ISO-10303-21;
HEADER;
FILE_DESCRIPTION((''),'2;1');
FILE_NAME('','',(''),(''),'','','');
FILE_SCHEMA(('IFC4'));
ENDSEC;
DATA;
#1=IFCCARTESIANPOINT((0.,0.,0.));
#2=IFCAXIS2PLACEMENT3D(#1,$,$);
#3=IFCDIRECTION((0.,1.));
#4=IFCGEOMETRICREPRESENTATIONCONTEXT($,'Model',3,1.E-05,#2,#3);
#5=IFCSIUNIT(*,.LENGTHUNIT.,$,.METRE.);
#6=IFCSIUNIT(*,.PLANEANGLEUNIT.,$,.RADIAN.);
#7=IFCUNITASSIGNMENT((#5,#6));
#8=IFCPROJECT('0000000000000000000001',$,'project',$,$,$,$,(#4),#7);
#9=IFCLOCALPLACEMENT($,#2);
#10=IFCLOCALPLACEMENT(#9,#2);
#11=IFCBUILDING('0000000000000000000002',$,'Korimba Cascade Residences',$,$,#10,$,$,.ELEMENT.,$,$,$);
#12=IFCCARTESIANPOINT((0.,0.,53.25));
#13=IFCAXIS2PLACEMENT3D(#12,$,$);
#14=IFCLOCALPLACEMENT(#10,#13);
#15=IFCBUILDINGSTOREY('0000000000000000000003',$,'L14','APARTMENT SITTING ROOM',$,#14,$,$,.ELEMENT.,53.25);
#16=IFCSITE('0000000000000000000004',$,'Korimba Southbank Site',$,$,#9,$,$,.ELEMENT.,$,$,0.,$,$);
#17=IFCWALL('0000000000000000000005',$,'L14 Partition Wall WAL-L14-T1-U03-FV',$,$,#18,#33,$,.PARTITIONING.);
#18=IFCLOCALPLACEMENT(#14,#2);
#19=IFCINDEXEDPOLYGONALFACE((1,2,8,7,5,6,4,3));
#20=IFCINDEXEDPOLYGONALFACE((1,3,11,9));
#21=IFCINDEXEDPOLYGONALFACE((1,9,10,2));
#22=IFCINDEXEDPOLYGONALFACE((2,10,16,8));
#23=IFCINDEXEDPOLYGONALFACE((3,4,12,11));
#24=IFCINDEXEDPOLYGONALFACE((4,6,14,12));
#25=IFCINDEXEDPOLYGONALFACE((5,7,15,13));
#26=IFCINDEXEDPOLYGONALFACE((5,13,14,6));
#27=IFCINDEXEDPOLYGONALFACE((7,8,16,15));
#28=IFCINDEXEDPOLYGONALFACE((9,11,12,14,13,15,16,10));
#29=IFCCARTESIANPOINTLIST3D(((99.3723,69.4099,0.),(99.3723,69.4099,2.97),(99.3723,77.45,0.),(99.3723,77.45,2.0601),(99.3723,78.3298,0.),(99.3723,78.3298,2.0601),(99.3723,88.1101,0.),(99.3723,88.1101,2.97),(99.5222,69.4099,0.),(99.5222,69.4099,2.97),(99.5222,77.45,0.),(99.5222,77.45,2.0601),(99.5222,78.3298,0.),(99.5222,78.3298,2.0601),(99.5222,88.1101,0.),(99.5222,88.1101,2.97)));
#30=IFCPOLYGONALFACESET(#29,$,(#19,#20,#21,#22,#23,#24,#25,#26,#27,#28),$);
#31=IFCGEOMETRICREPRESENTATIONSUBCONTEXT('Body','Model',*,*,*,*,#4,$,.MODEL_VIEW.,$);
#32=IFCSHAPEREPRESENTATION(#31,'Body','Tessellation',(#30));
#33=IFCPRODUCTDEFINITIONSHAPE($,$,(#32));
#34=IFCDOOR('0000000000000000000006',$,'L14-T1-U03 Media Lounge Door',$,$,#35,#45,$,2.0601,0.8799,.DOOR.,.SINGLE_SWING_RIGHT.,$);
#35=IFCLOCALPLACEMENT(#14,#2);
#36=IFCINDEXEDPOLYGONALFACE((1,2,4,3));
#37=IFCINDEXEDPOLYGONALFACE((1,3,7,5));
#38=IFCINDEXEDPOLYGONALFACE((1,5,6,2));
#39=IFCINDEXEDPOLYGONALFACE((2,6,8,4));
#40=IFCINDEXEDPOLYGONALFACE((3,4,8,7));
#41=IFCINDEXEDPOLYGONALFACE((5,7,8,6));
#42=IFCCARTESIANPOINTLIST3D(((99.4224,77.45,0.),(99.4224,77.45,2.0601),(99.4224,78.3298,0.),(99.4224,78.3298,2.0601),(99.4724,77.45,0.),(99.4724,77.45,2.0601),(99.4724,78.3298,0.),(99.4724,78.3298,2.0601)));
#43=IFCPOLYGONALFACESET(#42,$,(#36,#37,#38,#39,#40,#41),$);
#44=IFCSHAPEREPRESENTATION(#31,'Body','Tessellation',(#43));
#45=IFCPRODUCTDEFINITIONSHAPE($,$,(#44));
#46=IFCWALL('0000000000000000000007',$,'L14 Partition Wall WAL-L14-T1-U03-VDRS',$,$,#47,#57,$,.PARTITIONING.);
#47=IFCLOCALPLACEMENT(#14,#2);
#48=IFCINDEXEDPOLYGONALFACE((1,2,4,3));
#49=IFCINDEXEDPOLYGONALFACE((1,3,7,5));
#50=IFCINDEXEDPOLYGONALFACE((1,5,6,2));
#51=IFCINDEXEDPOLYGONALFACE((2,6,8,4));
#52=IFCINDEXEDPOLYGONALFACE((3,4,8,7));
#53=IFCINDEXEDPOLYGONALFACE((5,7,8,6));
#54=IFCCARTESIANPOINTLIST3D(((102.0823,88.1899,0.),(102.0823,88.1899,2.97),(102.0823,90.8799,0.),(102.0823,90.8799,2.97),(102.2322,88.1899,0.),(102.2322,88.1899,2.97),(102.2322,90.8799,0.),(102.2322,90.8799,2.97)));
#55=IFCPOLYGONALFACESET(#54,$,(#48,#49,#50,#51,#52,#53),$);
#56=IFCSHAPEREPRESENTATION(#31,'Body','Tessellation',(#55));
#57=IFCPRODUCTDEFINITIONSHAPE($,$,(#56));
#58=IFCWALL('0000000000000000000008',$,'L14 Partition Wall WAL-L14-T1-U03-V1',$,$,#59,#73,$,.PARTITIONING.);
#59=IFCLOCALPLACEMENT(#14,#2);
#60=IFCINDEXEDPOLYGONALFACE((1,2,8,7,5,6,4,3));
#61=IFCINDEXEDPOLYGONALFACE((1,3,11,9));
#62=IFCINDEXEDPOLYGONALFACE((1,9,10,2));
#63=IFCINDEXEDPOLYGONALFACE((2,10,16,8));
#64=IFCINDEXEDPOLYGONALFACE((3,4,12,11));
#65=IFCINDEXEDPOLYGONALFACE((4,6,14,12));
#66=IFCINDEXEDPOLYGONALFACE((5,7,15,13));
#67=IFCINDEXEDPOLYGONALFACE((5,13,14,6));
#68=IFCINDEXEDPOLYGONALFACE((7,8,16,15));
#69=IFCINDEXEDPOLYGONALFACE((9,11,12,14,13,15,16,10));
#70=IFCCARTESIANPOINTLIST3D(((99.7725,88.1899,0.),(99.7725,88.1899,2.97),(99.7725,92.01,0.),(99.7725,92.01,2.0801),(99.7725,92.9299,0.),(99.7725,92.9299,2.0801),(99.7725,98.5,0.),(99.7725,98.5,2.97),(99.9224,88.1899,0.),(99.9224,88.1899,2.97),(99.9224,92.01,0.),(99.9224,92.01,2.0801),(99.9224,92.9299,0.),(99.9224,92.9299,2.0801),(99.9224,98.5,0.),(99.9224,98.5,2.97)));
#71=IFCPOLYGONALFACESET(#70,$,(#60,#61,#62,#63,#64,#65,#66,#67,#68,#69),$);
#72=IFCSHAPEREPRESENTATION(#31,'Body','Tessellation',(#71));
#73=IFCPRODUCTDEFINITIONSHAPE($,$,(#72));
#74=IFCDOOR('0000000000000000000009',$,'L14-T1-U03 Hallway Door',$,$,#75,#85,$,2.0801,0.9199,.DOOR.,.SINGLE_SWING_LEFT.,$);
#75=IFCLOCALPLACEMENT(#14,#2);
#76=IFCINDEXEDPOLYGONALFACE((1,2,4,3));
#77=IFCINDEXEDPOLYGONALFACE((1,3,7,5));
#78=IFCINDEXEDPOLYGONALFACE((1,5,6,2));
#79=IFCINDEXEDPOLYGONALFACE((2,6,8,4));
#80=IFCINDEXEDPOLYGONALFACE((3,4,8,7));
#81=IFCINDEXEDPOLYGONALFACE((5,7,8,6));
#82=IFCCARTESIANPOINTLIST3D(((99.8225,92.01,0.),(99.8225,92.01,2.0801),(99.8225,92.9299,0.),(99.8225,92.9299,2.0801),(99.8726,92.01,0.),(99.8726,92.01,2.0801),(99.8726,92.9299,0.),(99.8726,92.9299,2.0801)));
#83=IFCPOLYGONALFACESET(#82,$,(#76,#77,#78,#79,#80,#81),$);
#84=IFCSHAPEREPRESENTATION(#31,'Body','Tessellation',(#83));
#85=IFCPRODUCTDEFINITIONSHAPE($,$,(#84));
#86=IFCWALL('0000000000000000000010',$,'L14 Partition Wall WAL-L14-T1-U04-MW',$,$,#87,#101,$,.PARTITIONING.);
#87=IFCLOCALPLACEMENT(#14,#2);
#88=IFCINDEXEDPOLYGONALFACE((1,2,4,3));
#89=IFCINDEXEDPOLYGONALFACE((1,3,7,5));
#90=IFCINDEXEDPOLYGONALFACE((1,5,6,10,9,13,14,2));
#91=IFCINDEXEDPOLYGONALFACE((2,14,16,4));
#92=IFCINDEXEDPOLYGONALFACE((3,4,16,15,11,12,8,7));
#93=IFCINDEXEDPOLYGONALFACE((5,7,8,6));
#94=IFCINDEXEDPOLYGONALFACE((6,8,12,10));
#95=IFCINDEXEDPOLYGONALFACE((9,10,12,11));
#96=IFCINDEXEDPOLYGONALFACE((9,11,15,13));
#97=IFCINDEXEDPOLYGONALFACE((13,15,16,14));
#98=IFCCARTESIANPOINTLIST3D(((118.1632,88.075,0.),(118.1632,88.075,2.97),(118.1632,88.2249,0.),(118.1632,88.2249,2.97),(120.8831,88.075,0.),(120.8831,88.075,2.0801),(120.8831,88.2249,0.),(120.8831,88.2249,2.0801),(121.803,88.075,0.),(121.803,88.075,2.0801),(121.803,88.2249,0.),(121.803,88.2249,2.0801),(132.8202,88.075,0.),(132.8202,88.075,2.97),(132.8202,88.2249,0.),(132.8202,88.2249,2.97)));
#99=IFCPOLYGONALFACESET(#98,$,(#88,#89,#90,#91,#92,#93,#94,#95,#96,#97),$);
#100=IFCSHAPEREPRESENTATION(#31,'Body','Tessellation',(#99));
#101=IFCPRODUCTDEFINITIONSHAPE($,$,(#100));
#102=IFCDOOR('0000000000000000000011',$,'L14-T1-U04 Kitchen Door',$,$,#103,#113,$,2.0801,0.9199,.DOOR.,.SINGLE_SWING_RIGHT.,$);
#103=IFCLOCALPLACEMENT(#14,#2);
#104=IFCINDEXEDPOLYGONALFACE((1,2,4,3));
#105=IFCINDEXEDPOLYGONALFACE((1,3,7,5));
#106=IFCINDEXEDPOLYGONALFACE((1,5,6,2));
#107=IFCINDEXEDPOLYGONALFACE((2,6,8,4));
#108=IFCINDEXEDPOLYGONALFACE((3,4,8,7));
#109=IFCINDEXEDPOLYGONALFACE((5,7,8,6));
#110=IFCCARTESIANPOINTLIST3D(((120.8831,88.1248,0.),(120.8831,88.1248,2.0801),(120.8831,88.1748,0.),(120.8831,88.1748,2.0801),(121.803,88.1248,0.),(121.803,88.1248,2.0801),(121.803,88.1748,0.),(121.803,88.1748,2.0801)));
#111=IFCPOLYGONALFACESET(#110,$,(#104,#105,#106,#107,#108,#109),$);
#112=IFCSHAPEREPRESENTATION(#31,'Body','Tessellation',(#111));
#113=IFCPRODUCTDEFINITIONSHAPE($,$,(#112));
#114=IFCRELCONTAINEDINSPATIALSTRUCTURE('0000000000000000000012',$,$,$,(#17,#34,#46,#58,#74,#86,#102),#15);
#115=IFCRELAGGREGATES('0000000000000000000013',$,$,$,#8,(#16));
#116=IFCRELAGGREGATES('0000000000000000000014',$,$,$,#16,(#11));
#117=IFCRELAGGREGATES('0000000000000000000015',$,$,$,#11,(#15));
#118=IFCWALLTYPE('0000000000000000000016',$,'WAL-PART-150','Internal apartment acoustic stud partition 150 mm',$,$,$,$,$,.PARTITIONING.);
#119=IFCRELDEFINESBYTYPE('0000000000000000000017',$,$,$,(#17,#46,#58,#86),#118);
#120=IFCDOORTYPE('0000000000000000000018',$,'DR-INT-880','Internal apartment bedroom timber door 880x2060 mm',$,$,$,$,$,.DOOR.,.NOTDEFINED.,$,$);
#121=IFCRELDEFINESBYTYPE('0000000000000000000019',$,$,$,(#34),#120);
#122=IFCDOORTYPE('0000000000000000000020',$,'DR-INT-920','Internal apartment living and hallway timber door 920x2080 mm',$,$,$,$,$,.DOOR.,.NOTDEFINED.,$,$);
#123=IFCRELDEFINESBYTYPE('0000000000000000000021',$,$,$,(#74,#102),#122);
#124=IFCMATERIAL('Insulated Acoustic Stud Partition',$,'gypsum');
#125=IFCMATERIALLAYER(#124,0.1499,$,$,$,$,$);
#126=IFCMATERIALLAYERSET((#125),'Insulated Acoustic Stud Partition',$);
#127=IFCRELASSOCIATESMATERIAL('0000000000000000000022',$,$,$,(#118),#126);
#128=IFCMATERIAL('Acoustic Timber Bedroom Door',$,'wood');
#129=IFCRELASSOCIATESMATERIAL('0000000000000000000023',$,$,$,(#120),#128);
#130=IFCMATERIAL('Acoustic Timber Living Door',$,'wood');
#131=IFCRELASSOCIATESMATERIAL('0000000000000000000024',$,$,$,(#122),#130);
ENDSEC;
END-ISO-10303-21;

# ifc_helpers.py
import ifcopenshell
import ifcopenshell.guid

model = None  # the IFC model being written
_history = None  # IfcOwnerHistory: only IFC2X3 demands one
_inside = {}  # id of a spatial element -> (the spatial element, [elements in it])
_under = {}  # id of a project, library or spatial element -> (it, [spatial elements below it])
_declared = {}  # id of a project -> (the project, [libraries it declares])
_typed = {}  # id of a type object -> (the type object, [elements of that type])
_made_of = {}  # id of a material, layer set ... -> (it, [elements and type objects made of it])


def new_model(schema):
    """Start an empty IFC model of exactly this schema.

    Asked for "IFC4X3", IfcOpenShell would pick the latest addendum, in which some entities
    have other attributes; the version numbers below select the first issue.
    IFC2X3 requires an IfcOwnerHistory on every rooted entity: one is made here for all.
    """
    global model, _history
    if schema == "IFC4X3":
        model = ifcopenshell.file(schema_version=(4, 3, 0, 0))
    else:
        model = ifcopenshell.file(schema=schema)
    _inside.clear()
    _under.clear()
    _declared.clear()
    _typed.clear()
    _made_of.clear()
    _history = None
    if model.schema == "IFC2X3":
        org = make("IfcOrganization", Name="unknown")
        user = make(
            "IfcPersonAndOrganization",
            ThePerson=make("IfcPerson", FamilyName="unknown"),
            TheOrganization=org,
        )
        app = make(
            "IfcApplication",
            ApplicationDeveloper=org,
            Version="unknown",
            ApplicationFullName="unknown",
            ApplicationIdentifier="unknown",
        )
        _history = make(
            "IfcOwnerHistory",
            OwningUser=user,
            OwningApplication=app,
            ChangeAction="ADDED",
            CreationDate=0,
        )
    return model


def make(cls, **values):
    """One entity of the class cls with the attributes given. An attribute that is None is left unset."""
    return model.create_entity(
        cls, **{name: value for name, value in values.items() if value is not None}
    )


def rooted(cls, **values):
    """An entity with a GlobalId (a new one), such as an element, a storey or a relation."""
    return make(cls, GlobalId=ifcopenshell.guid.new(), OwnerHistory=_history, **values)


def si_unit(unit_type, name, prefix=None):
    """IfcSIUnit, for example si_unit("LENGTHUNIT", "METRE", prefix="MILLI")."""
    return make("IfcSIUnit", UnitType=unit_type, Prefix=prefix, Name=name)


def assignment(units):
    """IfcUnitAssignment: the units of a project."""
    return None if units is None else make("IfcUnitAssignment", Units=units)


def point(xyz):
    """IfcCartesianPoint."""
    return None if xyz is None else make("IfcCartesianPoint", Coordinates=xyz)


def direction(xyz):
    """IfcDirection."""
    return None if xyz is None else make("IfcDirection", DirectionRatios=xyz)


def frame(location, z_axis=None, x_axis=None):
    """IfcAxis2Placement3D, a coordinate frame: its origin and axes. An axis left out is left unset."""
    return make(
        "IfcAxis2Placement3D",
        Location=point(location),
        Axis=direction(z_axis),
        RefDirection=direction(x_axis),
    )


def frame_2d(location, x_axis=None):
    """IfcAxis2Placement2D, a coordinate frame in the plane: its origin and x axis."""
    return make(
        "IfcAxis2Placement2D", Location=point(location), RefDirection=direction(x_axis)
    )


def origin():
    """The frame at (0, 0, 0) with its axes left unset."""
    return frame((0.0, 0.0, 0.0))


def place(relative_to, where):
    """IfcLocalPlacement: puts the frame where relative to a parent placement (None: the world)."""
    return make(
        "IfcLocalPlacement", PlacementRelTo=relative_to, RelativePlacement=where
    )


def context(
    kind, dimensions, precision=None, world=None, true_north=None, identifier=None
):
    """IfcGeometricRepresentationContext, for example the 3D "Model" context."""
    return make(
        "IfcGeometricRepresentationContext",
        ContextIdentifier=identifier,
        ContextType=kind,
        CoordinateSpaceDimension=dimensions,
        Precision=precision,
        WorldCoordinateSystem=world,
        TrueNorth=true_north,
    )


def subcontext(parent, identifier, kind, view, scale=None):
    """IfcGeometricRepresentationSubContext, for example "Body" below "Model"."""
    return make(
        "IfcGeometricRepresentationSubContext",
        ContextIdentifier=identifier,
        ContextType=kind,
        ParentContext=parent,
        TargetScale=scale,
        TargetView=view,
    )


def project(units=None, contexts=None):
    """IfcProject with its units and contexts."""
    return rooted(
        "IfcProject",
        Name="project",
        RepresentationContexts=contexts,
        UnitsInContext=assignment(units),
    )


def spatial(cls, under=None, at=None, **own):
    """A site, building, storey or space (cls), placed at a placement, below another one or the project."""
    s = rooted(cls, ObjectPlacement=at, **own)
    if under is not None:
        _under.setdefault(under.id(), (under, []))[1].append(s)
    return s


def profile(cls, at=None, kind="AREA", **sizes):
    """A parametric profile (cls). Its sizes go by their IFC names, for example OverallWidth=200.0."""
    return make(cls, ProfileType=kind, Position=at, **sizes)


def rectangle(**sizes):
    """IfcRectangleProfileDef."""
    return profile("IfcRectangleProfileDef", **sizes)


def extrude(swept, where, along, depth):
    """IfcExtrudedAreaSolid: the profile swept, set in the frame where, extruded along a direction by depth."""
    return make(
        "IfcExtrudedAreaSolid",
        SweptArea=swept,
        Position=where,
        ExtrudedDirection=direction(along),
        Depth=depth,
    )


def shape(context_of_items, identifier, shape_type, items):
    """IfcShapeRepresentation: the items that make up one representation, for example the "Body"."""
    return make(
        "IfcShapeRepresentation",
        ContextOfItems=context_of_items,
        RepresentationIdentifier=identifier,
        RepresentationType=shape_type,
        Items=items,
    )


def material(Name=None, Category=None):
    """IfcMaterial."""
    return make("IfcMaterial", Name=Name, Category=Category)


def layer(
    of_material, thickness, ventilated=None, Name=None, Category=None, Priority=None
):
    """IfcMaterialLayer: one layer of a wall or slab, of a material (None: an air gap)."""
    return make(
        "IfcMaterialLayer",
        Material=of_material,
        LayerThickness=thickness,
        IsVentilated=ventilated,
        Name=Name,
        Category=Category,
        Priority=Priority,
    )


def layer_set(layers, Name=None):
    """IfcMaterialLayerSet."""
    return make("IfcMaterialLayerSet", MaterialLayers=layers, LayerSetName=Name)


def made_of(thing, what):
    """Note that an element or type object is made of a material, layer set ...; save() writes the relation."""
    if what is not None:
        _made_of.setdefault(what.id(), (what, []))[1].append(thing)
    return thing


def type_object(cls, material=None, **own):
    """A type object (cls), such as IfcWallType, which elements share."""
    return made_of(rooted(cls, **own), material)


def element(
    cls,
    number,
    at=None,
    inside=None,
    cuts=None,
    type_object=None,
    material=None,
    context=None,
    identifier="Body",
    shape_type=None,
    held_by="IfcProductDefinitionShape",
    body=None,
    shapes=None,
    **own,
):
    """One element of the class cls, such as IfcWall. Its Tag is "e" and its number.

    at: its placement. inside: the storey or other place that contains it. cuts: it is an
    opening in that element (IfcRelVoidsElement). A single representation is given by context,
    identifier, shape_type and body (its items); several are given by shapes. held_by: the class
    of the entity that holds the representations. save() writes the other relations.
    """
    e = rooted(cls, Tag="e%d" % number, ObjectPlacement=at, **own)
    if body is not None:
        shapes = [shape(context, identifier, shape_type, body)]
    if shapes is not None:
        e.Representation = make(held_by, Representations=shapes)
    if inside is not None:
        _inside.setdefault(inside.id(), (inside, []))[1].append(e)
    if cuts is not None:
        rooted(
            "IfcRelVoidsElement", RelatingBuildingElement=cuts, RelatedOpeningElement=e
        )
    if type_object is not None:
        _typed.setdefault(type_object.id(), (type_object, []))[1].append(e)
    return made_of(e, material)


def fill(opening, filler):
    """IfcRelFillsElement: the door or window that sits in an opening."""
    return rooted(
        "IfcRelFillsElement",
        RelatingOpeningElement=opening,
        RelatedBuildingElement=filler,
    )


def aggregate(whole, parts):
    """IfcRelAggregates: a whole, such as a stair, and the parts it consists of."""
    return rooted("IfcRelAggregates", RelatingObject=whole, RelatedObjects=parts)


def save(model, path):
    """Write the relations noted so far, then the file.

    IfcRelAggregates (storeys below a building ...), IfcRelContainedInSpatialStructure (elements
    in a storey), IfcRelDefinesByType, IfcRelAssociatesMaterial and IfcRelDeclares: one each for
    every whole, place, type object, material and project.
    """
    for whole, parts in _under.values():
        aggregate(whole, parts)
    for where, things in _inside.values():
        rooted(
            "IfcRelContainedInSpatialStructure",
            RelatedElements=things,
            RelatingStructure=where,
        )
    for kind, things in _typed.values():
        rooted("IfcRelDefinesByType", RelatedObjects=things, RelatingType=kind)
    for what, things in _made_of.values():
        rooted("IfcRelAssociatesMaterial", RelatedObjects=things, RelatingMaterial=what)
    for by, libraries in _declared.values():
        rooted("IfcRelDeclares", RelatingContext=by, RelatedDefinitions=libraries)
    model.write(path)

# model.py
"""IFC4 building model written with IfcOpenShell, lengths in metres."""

from ifc_helpers import new_model, si_unit, direction, frame, frame_2d, origin, place, context, subcontext, project, spatial, rectangle, extrude, material, layer, layer_set, type_object, element, fill, save


model = new_model("IFC4")

# Units and contexts
model_context = context("Model", 3, precision=1e-05, world=origin(), true_north=direction((0.0, 1.0)))
body_context = subcontext(model_context, "Body", "Model", "MODEL_VIEW")
ifc_project = project(units=[si_unit("LENGTHUNIT", "METRE"), si_unit("PLANEANGLEUNIT", "RADIAN")], contexts=[model_context])

# Site, building, storey
site_placement = place(None, origin())
site = spatial("IfcSite", under=ifc_project, at=site_placement, Name="Korimba Southbank Site", CompositionType="ELEMENT", RefElevation=0.0)
building_placement = place(site_placement, origin())
building = spatial("IfcBuilding", under=site, at=building_placement, Name="Korimba Cascade Residences", CompositionType="ELEMENT")
storey_placement = place(building_placement, frame((0.0, 0.0, 53.25)))
storey = spatial("IfcBuildingStorey", under=building, at=storey_placement, Name="L14", Description="APARTMENT SITTING ROOM", CompositionType="ELEMENT", Elevation=53.25)

# Shared definitions
ifc_material_1 = material(Name="Insulated Acoustic Stud Partition", Category="gypsum")
ifc_layer_1 = layer(ifc_material_1, 0.1499)
ifc_layer_set_1 = layer_set([ifc_layer_1], Name="Insulated Acoustic Stud Partition")
wall_type_1 = type_object("IfcWallType", Name="WAL-PART-150", Description="Internal apartment acoustic stud partition 150 mm", PredefinedType="PARTITIONING", material=ifc_layer_set_1)
ifc_material_2 = material(Name="Acoustic Timber Bedroom Door", Category="wood")
door_type_1 = type_object("IfcDoorType", Name="DR-INT-880", Description="Internal apartment bedroom timber door 880x2060 mm", OperationType="NOTDEFINED", PredefinedType="DOOR", material=ifc_material_2)

# Wall, opening, door
wall_1_placement = place(storey_placement, frame((99.4473, 69.4099, 0.0), z_axis=(0.0, 0.0, 1.0), x_axis=(0.0, 1.0, 0.0)))
wall_1 = element("IfcWall", 1, at=wall_1_placement, inside=storey, type_object=wall_type_1, Name="L14 Partition Wall WAL-L14-T1-U03-FV", PredefinedType="PARTITIONING", context=body_context, shape_type="SweptSolid", body=[
    extrude(rectangle(XDim=18.7002, YDim=0.1499, at=frame_2d((9.3501, 0.0))), origin(), (0.0, 0.0, 1.0), 2.97),
])
opening_1_placement = place(wall_1_placement, frame((8.04, 0.0, 0.0)))
opening_1 = element("IfcOpeningElement", 2, at=opening_1_placement, cuts=wall_1, PredefinedType="OPENING", context=body_context, shape_type="SweptSolid", body=[
    extrude(rectangle(XDim=0.8799, YDim=2.0601, at=frame_2d((0.4399, 1.03))), frame((0.0, 0.085, 0.0), z_axis=(0.0, -1.0, 0.0), x_axis=(1.0, 0.0, 0.0)), (0.0, 0.0, 1.0), 0.1699),
])
door_1_placement = place(opening_1_placement, origin())
door_1 = element("IfcDoor", 3, at=door_1_placement, inside=storey, type_object=door_type_1, Name="L14-T1-U03 Media Lounge Door", OperationType="SINGLE_SWING_RIGHT", OverallHeight=2.0601, OverallWidth=0.8799, PredefinedType="DOOR", context=body_context, shape_type="SweptSolid", body=[
    extrude(rectangle(XDim=0.8799, YDim=2.0601, at=frame_2d((0.4399, 1.03))), frame((0.0, 0.0249, 0.0), z_axis=(0.0, -1.0, 0.0), x_axis=(1.0, 0.0, 0.0)), (0.0, 0.0, 1.0), 0.05),
])
fill(opening_1, door_1)

# Wall
wall_2_placement = place(storey_placement, frame((102.1572, 88.1899, 0.0), z_axis=(0.0, 0.0, 1.0), x_axis=(0.0, 1.0, 0.0)))
element("IfcWall", 4, at=wall_2_placement, inside=storey, type_object=wall_type_1, Name="L14 Partition Wall WAL-L14-T1-U03-VDRS", PredefinedType="PARTITIONING", context=body_context, shape_type="SweptSolid", body=[
    extrude(rectangle(XDim=2.6899, YDim=0.1499, at=frame_2d((1.345, 0.0))), origin(), (0.0, 0.0, 1.0), 2.97),
])

# Walls, openings, doors
wall_3_placement = place(storey_placement, frame((99.8474, 88.1899, 0.0), z_axis=(0.0, 0.0, 1.0), x_axis=(0.0, 1.0, 0.0)))
wall_3 = element("IfcWall", 5, at=wall_3_placement, inside=storey, type_object=wall_type_1, Name="L14 Partition Wall WAL-L14-T1-U03-V1", PredefinedType="PARTITIONING", context=body_context, shape_type="SweptSolid", body=[
    extrude(rectangle(XDim=10.3101, YDim=0.1499, at=frame_2d((5.155, 0.0))), origin(), (0.0, 0.0, 1.0), 2.97),
])
opening_2_placement = place(wall_3_placement, frame((3.8201, 0.0, 0.0)))
opening_2 = element("IfcOpeningElement", 6, at=opening_2_placement, cuts=wall_3, PredefinedType="OPENING", context=body_context, shape_type="SweptSolid", body=[
    extrude(rectangle(XDim=0.9199, YDim=2.0801, at=frame_2d((0.46, 1.04))), frame((0.0, 0.085, 0.0), z_axis=(0.0, -1.0, 0.0), x_axis=(1.0, 0.0, 0.0)), (0.0, 0.0, 1.0), 0.1699),
])
ifc_material_3 = material(Name="Acoustic Timber Living Door", Category="wood")
door_type_2 = type_object("IfcDoorType", Name="DR-INT-920", Description="Internal apartment living and hallway timber door 920x2080 mm", OperationType="NOTDEFINED", PredefinedType="DOOR", material=ifc_material_3)
door_2_placement = place(opening_2_placement, origin())
door_2 = element("IfcDoor", 7, at=door_2_placement, inside=storey, type_object=door_type_2, Name="L14-T1-U03 Hallway Door", OperationType="SINGLE_SWING_LEFT", OverallHeight=2.0801, OverallWidth=0.9199, PredefinedType="DOOR", context=body_context, shape_type="SweptSolid", body=[
    extrude(rectangle(XDim=0.9199, YDim=2.0801, at=frame_2d((0.46, 1.04))), frame((0.0, 0.0249, 0.0), z_axis=(0.0, -1.0, 0.0), x_axis=(1.0, 0.0, 0.0)), (0.0, 0.0, 1.0), 0.05),
])
fill(opening_2, door_2)
wall_4_placement = place(storey_placement, frame((118.1631, 88.1499, 0.0), z_axis=(0.0, 0.0, 1.0), x_axis=(1.0, 0.0, 0.0)))
wall_4 = element("IfcWall", 8, at=wall_4_placement, inside=storey, type_object=wall_type_1, Name="L14 Partition Wall WAL-L14-T1-U04-MW", PredefinedType="PARTITIONING", context=body_context, shape_type="SweptSolid", body=[
    extrude(rectangle(XDim=14.657, YDim=0.1499, at=frame_2d((7.3286, 0.0))), origin(), (0.0, 0.0, 1.0), 2.97),
])
opening_3_placement = place(wall_4_placement, frame((2.72, 0.0, 0.0)))
opening_3 = element("IfcOpeningElement", 9, at=opening_3_placement, cuts=wall_4, PredefinedType="OPENING", context=body_context, shape_type="SweptSolid", body=[
    extrude(rectangle(XDim=0.9199, YDim=2.0801, at=frame_2d((0.46, 1.04))), frame((0.0, 0.085, 0.0), z_axis=(0.0, -1.0, 0.0), x_axis=(1.0, 0.0, 0.0)), (0.0, 0.0, 1.0), 0.1699),
])
door_3_placement = place(opening_3_placement, origin())
door_3 = element("IfcDoor", 10, at=door_3_placement, inside=storey, type_object=door_type_2, Name="L14-T1-U04 Kitchen Door", OperationType="SINGLE_SWING_RIGHT", OverallHeight=2.0801, OverallWidth=0.9199, PredefinedType="DOOR", context=body_context, shape_type="SweptSolid", body=[
    extrude(rectangle(XDim=0.9199, YDim=2.0801, at=frame_2d((0.46, 1.04))), frame((0.0, 0.0249, 0.0), z_axis=(0.0, -1.0, 0.0), x_axis=(1.0, 0.0, 0.0)), (0.0, 0.0, 1.0), 0.05),
])
fill(opening_3, door_3)

save(model, "model.ifc")
